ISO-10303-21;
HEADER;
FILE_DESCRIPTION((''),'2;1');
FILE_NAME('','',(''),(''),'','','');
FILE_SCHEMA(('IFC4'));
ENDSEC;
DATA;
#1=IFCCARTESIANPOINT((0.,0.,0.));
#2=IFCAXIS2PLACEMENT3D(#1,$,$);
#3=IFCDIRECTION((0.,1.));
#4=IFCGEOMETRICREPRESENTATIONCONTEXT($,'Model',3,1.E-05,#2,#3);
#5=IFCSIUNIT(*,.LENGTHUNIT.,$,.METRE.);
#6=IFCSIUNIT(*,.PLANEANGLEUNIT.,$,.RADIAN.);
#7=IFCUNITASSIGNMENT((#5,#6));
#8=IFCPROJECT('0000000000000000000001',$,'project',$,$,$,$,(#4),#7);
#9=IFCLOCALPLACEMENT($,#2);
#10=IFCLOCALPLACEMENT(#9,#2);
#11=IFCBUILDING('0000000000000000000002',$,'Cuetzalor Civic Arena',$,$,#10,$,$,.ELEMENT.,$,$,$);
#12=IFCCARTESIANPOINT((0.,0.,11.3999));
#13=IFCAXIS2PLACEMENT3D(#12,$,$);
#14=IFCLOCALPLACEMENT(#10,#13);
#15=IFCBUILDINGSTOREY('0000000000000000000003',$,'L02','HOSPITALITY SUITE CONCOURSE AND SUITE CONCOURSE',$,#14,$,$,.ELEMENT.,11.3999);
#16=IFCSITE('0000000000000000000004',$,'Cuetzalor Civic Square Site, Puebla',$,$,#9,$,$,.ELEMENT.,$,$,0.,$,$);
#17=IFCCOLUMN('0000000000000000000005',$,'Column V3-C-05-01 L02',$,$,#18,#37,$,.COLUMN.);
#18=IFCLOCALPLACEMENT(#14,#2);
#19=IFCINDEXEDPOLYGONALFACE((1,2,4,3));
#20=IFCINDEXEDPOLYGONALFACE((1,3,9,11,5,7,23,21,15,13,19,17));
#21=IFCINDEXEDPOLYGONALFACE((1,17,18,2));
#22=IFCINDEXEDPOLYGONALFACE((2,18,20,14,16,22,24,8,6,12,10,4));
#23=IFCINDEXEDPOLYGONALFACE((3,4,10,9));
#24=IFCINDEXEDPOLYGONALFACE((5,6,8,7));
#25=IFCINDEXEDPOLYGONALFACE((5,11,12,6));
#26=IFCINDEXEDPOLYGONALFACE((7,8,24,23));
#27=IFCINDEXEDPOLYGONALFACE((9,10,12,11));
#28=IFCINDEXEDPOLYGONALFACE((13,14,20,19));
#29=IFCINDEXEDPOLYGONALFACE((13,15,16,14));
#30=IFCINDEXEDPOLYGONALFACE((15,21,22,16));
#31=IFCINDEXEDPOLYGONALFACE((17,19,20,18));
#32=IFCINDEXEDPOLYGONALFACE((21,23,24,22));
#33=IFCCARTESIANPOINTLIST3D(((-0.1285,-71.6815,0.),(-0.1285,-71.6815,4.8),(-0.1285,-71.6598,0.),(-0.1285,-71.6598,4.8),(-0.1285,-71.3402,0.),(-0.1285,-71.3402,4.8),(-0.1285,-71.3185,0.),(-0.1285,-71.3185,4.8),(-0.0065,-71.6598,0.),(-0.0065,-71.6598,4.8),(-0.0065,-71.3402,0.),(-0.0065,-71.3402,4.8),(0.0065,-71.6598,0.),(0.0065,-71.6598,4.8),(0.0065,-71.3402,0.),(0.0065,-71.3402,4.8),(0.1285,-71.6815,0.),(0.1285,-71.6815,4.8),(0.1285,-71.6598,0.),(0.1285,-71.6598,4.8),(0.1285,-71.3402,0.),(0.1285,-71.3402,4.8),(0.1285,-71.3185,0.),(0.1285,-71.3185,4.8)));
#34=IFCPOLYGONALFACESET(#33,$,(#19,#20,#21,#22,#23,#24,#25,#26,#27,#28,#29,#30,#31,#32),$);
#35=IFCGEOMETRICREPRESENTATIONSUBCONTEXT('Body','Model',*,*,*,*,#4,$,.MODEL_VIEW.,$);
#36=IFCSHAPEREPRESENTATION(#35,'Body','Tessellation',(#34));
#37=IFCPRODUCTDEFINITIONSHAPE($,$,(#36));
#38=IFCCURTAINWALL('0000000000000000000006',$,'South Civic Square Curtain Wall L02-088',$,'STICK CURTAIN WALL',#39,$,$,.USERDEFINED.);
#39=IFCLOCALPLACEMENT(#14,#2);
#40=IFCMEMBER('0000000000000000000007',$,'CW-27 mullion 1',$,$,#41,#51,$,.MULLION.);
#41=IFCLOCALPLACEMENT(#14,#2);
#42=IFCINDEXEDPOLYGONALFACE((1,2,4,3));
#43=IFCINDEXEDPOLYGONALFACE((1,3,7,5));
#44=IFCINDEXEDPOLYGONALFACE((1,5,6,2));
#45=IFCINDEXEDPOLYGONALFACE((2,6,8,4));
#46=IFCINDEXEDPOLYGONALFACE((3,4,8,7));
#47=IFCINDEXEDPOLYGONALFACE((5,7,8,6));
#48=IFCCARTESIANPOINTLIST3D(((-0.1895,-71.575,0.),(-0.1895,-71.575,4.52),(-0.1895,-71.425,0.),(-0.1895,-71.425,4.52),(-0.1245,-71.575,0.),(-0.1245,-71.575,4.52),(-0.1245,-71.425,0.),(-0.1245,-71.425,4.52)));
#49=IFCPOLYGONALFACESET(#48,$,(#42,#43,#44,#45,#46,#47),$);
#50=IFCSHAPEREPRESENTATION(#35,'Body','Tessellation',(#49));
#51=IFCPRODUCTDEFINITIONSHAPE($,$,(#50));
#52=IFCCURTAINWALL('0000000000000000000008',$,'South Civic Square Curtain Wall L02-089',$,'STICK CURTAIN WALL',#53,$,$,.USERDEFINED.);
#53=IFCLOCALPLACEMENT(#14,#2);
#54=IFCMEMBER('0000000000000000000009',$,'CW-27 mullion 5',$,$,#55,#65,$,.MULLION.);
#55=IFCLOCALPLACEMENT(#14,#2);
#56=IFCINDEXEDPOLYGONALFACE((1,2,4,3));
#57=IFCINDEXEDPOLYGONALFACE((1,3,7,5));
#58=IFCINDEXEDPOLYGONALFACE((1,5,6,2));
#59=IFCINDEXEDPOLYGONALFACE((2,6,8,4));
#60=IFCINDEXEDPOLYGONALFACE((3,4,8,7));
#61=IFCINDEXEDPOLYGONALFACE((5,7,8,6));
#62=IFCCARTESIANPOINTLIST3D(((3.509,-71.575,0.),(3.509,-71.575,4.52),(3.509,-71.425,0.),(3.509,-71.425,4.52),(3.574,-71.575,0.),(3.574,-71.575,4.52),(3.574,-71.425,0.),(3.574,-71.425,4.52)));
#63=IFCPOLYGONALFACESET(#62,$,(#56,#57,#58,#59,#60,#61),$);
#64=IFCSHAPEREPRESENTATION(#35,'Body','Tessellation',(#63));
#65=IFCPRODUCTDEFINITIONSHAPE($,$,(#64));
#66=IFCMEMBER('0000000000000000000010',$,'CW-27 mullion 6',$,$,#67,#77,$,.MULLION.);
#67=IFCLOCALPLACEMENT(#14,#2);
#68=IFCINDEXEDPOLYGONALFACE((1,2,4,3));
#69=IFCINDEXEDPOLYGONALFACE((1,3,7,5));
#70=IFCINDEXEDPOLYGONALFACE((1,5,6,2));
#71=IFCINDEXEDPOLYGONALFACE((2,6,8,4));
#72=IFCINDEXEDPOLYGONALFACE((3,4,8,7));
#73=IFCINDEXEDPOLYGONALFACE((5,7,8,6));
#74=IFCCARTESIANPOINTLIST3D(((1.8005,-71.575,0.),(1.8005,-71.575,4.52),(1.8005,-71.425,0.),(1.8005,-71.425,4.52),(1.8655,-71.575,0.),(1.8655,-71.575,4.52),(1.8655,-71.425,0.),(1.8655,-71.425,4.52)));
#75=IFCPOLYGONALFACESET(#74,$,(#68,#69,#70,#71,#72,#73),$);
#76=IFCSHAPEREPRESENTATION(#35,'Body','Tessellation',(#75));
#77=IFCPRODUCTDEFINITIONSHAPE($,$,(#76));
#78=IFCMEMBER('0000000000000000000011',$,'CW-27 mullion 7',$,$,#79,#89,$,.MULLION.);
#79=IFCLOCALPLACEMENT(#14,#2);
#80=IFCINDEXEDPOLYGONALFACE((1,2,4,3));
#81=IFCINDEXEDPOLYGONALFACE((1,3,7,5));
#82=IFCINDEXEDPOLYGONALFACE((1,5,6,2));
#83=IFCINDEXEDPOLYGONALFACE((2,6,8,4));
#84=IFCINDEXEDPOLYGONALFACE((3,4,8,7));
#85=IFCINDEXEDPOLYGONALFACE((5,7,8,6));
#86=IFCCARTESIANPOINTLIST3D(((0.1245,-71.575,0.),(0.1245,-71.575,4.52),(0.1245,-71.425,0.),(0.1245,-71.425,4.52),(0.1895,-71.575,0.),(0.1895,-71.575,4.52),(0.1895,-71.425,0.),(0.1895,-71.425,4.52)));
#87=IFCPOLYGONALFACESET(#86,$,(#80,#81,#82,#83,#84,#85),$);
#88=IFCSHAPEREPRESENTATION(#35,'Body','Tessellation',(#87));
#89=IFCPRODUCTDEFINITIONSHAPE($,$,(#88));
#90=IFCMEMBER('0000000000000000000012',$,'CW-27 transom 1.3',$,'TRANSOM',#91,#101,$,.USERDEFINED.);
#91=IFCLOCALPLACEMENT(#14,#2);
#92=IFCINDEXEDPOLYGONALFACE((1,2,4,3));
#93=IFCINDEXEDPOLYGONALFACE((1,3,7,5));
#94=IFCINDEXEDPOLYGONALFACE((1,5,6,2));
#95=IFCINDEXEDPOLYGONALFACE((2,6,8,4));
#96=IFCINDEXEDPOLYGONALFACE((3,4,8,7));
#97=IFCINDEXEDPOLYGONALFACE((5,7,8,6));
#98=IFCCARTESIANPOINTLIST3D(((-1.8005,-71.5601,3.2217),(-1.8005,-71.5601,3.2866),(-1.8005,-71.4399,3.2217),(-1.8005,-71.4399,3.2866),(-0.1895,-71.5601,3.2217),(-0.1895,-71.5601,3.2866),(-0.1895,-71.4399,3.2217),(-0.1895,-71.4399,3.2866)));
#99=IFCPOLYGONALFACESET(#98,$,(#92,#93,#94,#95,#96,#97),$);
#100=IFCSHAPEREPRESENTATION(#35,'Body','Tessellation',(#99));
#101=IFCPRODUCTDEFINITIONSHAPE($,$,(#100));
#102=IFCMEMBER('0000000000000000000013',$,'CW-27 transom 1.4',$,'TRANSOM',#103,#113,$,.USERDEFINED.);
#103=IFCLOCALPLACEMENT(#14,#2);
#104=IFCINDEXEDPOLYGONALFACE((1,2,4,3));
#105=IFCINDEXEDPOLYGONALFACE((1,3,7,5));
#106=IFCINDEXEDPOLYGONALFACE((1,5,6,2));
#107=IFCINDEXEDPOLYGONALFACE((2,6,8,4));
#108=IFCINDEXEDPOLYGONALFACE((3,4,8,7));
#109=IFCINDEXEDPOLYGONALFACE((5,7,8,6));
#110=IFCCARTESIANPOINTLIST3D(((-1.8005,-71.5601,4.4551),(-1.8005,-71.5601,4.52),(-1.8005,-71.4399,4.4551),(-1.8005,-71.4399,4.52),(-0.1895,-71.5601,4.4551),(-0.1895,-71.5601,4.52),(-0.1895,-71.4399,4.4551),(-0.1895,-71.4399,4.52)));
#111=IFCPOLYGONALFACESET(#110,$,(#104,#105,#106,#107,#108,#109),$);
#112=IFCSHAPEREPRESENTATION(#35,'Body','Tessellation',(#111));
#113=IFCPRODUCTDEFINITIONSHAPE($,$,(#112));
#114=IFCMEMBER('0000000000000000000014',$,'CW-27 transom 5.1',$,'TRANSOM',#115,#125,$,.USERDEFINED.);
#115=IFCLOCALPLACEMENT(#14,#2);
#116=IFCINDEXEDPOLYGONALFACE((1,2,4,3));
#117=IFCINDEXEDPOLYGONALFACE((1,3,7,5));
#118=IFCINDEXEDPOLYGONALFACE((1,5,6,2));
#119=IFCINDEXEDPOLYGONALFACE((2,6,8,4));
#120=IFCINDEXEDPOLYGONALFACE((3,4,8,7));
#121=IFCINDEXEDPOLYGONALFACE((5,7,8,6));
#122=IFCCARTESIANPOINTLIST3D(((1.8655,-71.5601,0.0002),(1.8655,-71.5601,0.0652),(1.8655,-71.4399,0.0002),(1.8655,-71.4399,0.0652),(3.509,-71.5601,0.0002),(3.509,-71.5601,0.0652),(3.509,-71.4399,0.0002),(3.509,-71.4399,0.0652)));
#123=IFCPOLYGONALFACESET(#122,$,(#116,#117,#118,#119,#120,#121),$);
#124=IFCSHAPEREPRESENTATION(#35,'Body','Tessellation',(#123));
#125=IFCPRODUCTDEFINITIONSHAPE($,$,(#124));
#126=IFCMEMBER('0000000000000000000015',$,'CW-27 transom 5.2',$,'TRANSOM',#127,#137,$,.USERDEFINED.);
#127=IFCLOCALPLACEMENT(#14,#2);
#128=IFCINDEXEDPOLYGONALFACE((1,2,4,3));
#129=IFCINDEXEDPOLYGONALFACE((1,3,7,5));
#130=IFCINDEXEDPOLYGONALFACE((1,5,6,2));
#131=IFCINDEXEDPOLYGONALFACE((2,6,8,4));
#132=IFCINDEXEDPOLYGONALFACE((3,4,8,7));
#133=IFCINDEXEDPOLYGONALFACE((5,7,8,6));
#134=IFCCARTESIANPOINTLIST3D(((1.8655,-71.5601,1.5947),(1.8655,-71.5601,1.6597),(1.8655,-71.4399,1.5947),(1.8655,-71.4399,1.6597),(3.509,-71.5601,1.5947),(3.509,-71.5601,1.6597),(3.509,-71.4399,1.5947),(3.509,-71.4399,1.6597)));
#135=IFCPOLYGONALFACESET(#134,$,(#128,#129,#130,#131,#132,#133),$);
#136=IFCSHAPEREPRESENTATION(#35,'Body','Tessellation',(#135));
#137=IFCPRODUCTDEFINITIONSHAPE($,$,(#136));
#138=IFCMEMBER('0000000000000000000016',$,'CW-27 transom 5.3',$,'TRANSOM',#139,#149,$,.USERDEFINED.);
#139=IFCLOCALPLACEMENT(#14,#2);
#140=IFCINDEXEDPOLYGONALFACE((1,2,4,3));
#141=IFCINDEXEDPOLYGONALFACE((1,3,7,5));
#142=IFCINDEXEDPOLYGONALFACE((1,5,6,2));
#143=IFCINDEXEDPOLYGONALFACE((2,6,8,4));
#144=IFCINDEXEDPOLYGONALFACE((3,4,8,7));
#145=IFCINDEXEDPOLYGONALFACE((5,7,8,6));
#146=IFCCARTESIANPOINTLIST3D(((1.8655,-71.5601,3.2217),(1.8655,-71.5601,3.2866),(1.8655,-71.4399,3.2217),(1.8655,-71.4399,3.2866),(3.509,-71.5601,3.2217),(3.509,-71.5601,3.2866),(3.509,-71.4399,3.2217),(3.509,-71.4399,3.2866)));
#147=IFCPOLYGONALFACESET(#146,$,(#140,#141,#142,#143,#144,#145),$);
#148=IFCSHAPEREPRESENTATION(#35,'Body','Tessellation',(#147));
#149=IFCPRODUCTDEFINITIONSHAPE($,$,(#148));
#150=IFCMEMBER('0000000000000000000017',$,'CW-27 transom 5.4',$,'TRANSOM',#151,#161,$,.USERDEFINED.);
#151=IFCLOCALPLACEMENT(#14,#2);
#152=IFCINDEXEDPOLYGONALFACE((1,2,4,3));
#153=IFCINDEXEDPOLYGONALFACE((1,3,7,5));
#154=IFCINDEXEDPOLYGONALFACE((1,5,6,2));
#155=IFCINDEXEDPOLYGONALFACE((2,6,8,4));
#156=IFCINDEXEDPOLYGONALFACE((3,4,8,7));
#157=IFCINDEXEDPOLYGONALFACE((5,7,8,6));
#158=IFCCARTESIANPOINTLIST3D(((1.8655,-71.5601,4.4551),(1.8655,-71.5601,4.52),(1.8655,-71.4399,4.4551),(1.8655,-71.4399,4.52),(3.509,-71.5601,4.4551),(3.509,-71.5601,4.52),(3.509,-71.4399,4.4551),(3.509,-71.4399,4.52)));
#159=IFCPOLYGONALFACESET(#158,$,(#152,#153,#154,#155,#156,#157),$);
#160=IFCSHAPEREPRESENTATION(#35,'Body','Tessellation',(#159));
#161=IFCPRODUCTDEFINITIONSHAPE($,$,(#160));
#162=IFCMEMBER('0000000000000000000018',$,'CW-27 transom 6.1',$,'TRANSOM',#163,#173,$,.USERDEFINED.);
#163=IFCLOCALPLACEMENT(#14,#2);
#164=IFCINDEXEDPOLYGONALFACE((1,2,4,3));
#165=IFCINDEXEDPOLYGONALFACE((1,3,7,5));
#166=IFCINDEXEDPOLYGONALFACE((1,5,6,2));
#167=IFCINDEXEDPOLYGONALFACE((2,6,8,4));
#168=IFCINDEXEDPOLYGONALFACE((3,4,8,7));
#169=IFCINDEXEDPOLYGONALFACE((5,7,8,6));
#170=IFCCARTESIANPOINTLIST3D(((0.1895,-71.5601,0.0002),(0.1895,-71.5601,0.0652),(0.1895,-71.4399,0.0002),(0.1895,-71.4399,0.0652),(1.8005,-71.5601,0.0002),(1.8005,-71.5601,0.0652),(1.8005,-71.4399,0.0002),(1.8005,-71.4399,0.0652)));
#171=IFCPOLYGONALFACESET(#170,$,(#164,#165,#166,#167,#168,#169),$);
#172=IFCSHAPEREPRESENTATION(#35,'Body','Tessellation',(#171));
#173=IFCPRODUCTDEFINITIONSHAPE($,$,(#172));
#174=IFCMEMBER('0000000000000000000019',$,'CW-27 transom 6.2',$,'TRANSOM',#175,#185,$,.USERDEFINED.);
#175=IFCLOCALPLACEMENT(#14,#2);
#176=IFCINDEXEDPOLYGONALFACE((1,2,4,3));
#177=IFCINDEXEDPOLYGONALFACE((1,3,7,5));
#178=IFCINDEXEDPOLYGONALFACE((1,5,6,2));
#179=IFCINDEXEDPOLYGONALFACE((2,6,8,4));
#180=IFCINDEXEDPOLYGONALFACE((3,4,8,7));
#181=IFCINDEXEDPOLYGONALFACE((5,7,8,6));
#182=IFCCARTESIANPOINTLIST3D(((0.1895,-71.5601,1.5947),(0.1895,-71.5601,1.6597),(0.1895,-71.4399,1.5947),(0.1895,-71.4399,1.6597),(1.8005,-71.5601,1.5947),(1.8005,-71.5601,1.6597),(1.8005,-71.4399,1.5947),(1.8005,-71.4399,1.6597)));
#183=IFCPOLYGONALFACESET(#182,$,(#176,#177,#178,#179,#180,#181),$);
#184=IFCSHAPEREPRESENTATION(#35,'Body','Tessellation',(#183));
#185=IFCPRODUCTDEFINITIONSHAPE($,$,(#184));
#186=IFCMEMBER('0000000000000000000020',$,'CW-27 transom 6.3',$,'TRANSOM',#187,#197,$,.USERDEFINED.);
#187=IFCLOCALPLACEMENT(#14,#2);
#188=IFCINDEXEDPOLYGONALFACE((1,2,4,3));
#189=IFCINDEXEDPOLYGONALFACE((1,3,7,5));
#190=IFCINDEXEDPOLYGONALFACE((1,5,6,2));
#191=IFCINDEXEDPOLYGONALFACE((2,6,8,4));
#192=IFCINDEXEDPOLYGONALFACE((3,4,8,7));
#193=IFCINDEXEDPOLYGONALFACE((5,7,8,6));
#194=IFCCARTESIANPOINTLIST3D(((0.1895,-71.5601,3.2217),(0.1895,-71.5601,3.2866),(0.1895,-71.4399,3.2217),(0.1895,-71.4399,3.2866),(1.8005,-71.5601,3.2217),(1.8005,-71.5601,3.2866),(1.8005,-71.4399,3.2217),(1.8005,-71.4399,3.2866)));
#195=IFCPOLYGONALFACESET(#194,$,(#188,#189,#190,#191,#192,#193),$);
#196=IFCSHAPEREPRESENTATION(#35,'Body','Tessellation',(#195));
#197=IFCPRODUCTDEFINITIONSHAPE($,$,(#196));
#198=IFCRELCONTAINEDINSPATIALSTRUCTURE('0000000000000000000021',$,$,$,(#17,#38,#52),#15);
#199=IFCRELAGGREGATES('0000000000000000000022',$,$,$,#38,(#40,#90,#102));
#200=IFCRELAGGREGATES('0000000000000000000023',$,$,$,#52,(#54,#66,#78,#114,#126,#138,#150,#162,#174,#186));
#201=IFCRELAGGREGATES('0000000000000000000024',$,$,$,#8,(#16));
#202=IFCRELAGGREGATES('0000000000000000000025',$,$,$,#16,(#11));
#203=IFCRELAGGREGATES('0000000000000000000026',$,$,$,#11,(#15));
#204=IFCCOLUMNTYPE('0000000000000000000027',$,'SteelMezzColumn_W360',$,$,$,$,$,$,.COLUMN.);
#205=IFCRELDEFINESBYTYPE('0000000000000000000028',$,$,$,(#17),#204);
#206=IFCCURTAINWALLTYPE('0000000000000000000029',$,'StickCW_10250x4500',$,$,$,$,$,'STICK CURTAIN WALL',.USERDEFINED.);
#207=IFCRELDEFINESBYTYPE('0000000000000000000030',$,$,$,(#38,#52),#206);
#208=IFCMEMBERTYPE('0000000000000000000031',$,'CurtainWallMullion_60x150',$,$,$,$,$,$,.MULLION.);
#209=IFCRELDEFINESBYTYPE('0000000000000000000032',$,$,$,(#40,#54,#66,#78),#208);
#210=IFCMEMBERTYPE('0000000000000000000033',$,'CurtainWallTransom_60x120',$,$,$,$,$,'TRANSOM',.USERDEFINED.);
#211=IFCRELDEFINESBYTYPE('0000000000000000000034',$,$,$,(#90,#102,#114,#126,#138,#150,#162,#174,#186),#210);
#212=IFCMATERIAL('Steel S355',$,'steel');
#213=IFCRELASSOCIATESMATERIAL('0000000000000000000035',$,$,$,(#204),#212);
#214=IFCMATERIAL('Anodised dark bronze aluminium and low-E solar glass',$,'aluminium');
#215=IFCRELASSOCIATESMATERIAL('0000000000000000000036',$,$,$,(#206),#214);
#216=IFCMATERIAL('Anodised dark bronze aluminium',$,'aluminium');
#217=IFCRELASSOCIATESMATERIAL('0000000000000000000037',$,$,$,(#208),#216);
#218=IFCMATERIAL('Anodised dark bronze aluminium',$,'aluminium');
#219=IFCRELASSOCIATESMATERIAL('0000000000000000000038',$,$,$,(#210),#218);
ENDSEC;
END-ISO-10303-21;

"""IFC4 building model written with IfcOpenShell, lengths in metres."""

from ifc_helpers import new_model, si_unit, direction, frame, origin, origin_2d, place, context, subcontext, project, spatial, rectangle, i_section, extrude, material, material_profile, profile_set, type_object, element, aggregate, save


model = new_model("IFC4")

# Units and contexts
model_context = context("Model", 3, precision=1e-05, world=origin(), true_north=direction((0.0, 1.0)))
body_context = subcontext(model_context, "Body", "Model", "MODEL_VIEW")
ifc_project = project(units=[si_unit("LENGTHUNIT", "METRE"), si_unit("PLANEANGLEUNIT", "RADIAN")], contexts=[model_context])

# Site, building, storey
site_placement = place(None, origin())
site = spatial("IfcSite", under=ifc_project, at=site_placement, Name="Cuetzalor Civic Square Site, Puebla", CompositionType="ELEMENT", RefElevation=0.0)
building_placement = place(site_placement, origin())
building = spatial("IfcBuilding", under=site, at=building_placement, Name="Cuetzalor Civic Arena", CompositionType="ELEMENT")
storey_placement = place(building_placement, frame((0.0, 0.0, 11.3999)))
storey = spatial("IfcBuildingStorey", under=building, at=storey_placement, Name="L02", Description="HOSPITALITY SUITE CONCOURSE AND SUITE CONCOURSE", CompositionType="ELEMENT", Elevation=11.3999)

# Column
ifc_material_1 = material(Name="Steel S355", Category="steel")
ifc_material_profile_1 = material_profile(ifc_material_1, i_section(OverallWidth=0.2571, OverallDepth=0.363, WebThickness=0.0129, FlangeThickness=0.0217, at=origin_2d()), Name="W360x122")
ifc_profile_set_1 = profile_set([ifc_material_profile_1], Name="Steel S355")
column_type = type_object("IfcColumnType", Name="SteelMezzColumn_W360", PredefinedType="COLUMN", material=ifc_profile_set_1)
column_placement = place(storey_placement, frame((0.0, -71.5, 0.0), z_axis=(0.0, 0.0, 1.0), x_axis=(1.0, 0.0, 0.0)))
element("IfcColumn", 1, at=column_placement, inside=storey, type_object=column_type, Name="Column V3-C-05-01 L02", PredefinedType="COLUMN", context=body_context, shape_type="SweptSolid", body=[
    extrude(i_section(OverallWidth=0.2571, OverallDepth=0.363, WebThickness=0.0129, FlangeThickness=0.0217, at=origin_2d()), origin(), (0.0, 0.0, 1.0), 4.8),
])

# Curtain wall, member
ifc_material_2 = material(Name="Anodised dark bronze aluminium and low-E solar glass", Category="aluminium")
curtain_wall_type = type_object("IfcCurtainWallType", Name="StickCW_10250x4500", ElementType="STICK CURTAIN WALL", PredefinedType="USERDEFINED", material=ifc_material_2)
curtain_wall_1_placement = place(storey_placement, origin())
curtain_wall_1 = element("IfcCurtainWall", 2, at=curtain_wall_1_placement, inside=storey, type_object=curtain_wall_type, Name="South Civic Square Curtain Wall L02-088", ObjectType="STICK CURTAIN WALL", PredefinedType="USERDEFINED")
ifc_material_3 = material(Name="Anodised dark bronze aluminium", Category="aluminium")
ifc_material_profile_2 = material_profile(ifc_material_3, rectangle(XDim=0.0649, YDim=0.1499, at=origin_2d()), Name="ALU MULLION 65x150")
ifc_profile_set_2 = profile_set([ifc_material_profile_2], Name="Anodised dark bronze aluminium")
member_type_1 = type_object("IfcMemberType", Name="CurtainWallMullion_60x150", PredefinedType="MULLION", material=ifc_profile_set_2)
member_1_placement = place(storey_placement, frame((-0.157, -71.5, 0.0), z_axis=(0.0, 0.0, 1.0), x_axis=(-1.0, 0.0, 0.0)))
member_1 = element("IfcMember", 3, at=member_1_placement, type_object=member_type_1, Name="CW-27 mullion 1", PredefinedType="MULLION", context=body_context, shape_type="SweptSolid", body=[
    extrude(rectangle(XDim=0.0649, YDim=0.1499, at=origin_2d()), origin(), (0.0, 0.0, 1.0), 4.52),
])

# Curtain wall, members
curtain_wall_2_placement = place(storey_placement, origin())
curtain_wall_2 = element("IfcCurtainWall", 4, at=curtain_wall_2_placement, inside=storey, type_object=curtain_wall_type, Name="South Civic Square Curtain Wall L02-089", ObjectType="STICK CURTAIN WALL", PredefinedType="USERDEFINED")
member_2_placement = place(storey_placement, frame((3.5415, -71.5, 0.0), z_axis=(0.0, 0.0, 1.0), x_axis=(-1.0, 0.0, 0.0)))
member_2 = element("IfcMember", 5, at=member_2_placement, type_object=member_type_1, Name="CW-27 mullion 5", PredefinedType="MULLION", context=body_context, shape_type="SweptSolid", body=[
    extrude(rectangle(XDim=0.0649, YDim=0.1499, at=origin_2d()), origin(), (0.0, 0.0, 1.0), 4.52),
])
member_3_placement = place(storey_placement, frame((1.833, -71.5, 0.0), z_axis=(0.0, 0.0, 1.0), x_axis=(-1.0, 0.0, 0.0)))
member_3 = element("IfcMember", 6, at=member_3_placement, type_object=member_type_1, Name="CW-27 mullion 6", PredefinedType="MULLION", context=body_context, shape_type="SweptSolid", body=[
    extrude(rectangle(XDim=0.0649, YDim=0.1499, at=origin_2d()), origin(), (0.0, 0.0, 1.0), 4.52),
])
member_4_placement = place(storey_placement, frame((0.157, -71.5, 0.0), z_axis=(0.0, 0.0, 1.0), x_axis=(-1.0, 0.0, 0.0)))
member_4 = element("IfcMember", 7, at=member_4_placement, type_object=member_type_1, Name="CW-27 mullion 7", PredefinedType="MULLION", context=body_context, shape_type="SweptSolid", body=[
    extrude(rectangle(XDim=0.0649, YDim=0.1499, at=origin_2d()), origin(), (0.0, 0.0, 1.0), 4.52),
])

# Members
ifc_material_4 = material(Name="Anodised dark bronze aluminium", Category="aluminium")
ifc_material_profile_3 = material_profile(ifc_material_4, rectangle(XDim=0.1201, YDim=0.0649, at=origin_2d()), Name="ALU TRANSOM 65x120")
ifc_profile_set_3 = profile_set([ifc_material_profile_3], Name="Anodised dark bronze aluminium")
member_type_2 = type_object("IfcMemberType", Name="CurtainWallTransom_60x120", ElementType="TRANSOM", PredefinedType="USERDEFINED", material=ifc_profile_set_3)
member_5_placement = place(storey_placement, frame((-0.1895, -71.5, 3.2542), z_axis=(-1.0, 0.0, 0.0), x_axis=(0.0, -1.0, 0.0)))
member_5 = element("IfcMember", 8, at=member_5_placement, type_object=member_type_2, Name="CW-27 transom 1.3", ObjectType="TRANSOM", PredefinedType="USERDEFINED", context=body_context, shape_type="SweptSolid", body=[
    extrude(rectangle(XDim=0.1201, YDim=0.0649, at=origin_2d()), origin(), (0.0, 0.0, 1.0), 1.6111),
])
member_6_placement = place(storey_placement, frame((-0.1895, -71.5, 4.4875), z_axis=(-1.0, 0.0, 0.0), x_axis=(0.0, -1.0, 0.0)))
member_6 = element("IfcMember", 9, at=member_6_placement, type_object=member_type_2, Name="CW-27 transom 1.4", ObjectType="TRANSOM", PredefinedType="USERDEFINED", context=body_context, shape_type="SweptSolid", body=[
    extrude(rectangle(XDim=0.1201, YDim=0.0649, at=origin_2d()), origin(), (0.0, 0.0, 1.0), 1.6111),
])
aggregate(curtain_wall_1, [member_1, member_5, member_6])
member_7_placement = place(storey_placement, frame((3.509, -71.5, 0.0327), z_axis=(-1.0, 0.0, 0.0), x_axis=(0.0, -1.0, 0.0)))
member_7 = element("IfcMember", 10, at=member_7_placement, type_object=member_type_2, Name="CW-27 transom 5.1", ObjectType="TRANSOM", PredefinedType="USERDEFINED", context=body_context, shape_type="SweptSolid", body=[
    extrude(rectangle(XDim=0.1201, YDim=0.0649, at=origin_2d()), origin(), (0.0, 0.0, 1.0), 1.6436),
])
member_8_placement = place(storey_placement, frame((3.509, -71.5, 1.6272), z_axis=(-1.0, 0.0, 0.0), x_axis=(0.0, -1.0, 0.0)))
member_8 = element("IfcMember", 11, at=member_8_placement, type_object=member_type_2, Name="CW-27 transom 5.2", ObjectType="TRANSOM", PredefinedType="USERDEFINED", context=body_context, shape_type="SweptSolid", body=[
    extrude(rectangle(XDim=0.1201, YDim=0.0649, at=origin_2d()), origin(), (0.0, 0.0, 1.0), 1.6436),
])
member_9_placement = place(storey_placement, frame((3.509, -71.5, 3.2542), z_axis=(-1.0, 0.0, 0.0), x_axis=(0.0, -1.0, 0.0)))
member_9 = element("IfcMember", 12, at=member_9_placement, type_object=member_type_2, Name="CW-27 transom 5.3", ObjectType="TRANSOM", PredefinedType="USERDEFINED", context=body_context, shape_type="SweptSolid", body=[
    extrude(rectangle(XDim=0.1201, YDim=0.0649, at=origin_2d()), origin(), (0.0, 0.0, 1.0), 1.6436),
])
member_10_placement = place(storey_placement, frame((3.509, -71.5, 4.4875), z_axis=(-1.0, 0.0, 0.0), x_axis=(0.0, -1.0, 0.0)))
member_10 = element("IfcMember", 13, at=member_10_placement, type_object=member_type_2, Name="CW-27 transom 5.4", ObjectType="TRANSOM", PredefinedType="USERDEFINED", context=body_context, shape_type="SweptSolid", body=[
    extrude(rectangle(XDim=0.1201, YDim=0.0649, at=origin_2d()), origin(), (0.0, 0.0, 1.0), 1.6436),
])
member_11_placement = place(storey_placement, frame((1.8005, -71.5, 0.0327), z_axis=(-1.0, 0.0, 0.0), x_axis=(0.0, -1.0, 0.0)))
member_11 = element("IfcMember", 14, at=member_11_placement, type_object=member_type_2, Name="CW-27 transom 6.1", ObjectType="TRANSOM", PredefinedType="USERDEFINED", context=body_context, shape_type="SweptSolid", body=[
    extrude(rectangle(XDim=0.1201, YDim=0.0649, at=origin_2d()), origin(), (0.0, 0.0, 1.0), 1.6111),
])
member_12_placement = place(storey_placement, frame((1.8005, -71.5, 1.6272), z_axis=(-1.0, 0.0, 0.0), x_axis=(0.0, -1.0, 0.0)))
member_12 = element("IfcMember", 15, at=member_12_placement, type_object=member_type_2, Name="CW-27 transom 6.2", ObjectType="TRANSOM", PredefinedType="USERDEFINED", context=body_context, shape_type="SweptSolid", body=[
    extrude(rectangle(XDim=0.1201, YDim=0.0649, at=origin_2d()), origin(), (0.0, 0.0, 1.0), 1.6111),
])
member_13_placement = place(storey_placement, frame((1.8005, -71.5, 3.2542), z_axis=(-1.0, 0.0, 0.0), x_axis=(0.0, -1.0, 0.0)))
member_13 = element("IfcMember", 16, at=member_13_placement, type_object=member_type_2, Name="CW-27 transom 6.3", ObjectType="TRANSOM", PredefinedType="USERDEFINED", context=body_context, shape_type="SweptSolid", body=[
    extrude(rectangle(XDim=0.1201, YDim=0.0649, at=origin_2d()), origin(), (0.0, 0.0, 1.0), 1.6111),
])

aggregate(curtain_wall_2, [member_2, member_3, member_4, member_7, member_8, member_9, member_10, member_11, member_12, member_13])

save(model, "model.ifc")
